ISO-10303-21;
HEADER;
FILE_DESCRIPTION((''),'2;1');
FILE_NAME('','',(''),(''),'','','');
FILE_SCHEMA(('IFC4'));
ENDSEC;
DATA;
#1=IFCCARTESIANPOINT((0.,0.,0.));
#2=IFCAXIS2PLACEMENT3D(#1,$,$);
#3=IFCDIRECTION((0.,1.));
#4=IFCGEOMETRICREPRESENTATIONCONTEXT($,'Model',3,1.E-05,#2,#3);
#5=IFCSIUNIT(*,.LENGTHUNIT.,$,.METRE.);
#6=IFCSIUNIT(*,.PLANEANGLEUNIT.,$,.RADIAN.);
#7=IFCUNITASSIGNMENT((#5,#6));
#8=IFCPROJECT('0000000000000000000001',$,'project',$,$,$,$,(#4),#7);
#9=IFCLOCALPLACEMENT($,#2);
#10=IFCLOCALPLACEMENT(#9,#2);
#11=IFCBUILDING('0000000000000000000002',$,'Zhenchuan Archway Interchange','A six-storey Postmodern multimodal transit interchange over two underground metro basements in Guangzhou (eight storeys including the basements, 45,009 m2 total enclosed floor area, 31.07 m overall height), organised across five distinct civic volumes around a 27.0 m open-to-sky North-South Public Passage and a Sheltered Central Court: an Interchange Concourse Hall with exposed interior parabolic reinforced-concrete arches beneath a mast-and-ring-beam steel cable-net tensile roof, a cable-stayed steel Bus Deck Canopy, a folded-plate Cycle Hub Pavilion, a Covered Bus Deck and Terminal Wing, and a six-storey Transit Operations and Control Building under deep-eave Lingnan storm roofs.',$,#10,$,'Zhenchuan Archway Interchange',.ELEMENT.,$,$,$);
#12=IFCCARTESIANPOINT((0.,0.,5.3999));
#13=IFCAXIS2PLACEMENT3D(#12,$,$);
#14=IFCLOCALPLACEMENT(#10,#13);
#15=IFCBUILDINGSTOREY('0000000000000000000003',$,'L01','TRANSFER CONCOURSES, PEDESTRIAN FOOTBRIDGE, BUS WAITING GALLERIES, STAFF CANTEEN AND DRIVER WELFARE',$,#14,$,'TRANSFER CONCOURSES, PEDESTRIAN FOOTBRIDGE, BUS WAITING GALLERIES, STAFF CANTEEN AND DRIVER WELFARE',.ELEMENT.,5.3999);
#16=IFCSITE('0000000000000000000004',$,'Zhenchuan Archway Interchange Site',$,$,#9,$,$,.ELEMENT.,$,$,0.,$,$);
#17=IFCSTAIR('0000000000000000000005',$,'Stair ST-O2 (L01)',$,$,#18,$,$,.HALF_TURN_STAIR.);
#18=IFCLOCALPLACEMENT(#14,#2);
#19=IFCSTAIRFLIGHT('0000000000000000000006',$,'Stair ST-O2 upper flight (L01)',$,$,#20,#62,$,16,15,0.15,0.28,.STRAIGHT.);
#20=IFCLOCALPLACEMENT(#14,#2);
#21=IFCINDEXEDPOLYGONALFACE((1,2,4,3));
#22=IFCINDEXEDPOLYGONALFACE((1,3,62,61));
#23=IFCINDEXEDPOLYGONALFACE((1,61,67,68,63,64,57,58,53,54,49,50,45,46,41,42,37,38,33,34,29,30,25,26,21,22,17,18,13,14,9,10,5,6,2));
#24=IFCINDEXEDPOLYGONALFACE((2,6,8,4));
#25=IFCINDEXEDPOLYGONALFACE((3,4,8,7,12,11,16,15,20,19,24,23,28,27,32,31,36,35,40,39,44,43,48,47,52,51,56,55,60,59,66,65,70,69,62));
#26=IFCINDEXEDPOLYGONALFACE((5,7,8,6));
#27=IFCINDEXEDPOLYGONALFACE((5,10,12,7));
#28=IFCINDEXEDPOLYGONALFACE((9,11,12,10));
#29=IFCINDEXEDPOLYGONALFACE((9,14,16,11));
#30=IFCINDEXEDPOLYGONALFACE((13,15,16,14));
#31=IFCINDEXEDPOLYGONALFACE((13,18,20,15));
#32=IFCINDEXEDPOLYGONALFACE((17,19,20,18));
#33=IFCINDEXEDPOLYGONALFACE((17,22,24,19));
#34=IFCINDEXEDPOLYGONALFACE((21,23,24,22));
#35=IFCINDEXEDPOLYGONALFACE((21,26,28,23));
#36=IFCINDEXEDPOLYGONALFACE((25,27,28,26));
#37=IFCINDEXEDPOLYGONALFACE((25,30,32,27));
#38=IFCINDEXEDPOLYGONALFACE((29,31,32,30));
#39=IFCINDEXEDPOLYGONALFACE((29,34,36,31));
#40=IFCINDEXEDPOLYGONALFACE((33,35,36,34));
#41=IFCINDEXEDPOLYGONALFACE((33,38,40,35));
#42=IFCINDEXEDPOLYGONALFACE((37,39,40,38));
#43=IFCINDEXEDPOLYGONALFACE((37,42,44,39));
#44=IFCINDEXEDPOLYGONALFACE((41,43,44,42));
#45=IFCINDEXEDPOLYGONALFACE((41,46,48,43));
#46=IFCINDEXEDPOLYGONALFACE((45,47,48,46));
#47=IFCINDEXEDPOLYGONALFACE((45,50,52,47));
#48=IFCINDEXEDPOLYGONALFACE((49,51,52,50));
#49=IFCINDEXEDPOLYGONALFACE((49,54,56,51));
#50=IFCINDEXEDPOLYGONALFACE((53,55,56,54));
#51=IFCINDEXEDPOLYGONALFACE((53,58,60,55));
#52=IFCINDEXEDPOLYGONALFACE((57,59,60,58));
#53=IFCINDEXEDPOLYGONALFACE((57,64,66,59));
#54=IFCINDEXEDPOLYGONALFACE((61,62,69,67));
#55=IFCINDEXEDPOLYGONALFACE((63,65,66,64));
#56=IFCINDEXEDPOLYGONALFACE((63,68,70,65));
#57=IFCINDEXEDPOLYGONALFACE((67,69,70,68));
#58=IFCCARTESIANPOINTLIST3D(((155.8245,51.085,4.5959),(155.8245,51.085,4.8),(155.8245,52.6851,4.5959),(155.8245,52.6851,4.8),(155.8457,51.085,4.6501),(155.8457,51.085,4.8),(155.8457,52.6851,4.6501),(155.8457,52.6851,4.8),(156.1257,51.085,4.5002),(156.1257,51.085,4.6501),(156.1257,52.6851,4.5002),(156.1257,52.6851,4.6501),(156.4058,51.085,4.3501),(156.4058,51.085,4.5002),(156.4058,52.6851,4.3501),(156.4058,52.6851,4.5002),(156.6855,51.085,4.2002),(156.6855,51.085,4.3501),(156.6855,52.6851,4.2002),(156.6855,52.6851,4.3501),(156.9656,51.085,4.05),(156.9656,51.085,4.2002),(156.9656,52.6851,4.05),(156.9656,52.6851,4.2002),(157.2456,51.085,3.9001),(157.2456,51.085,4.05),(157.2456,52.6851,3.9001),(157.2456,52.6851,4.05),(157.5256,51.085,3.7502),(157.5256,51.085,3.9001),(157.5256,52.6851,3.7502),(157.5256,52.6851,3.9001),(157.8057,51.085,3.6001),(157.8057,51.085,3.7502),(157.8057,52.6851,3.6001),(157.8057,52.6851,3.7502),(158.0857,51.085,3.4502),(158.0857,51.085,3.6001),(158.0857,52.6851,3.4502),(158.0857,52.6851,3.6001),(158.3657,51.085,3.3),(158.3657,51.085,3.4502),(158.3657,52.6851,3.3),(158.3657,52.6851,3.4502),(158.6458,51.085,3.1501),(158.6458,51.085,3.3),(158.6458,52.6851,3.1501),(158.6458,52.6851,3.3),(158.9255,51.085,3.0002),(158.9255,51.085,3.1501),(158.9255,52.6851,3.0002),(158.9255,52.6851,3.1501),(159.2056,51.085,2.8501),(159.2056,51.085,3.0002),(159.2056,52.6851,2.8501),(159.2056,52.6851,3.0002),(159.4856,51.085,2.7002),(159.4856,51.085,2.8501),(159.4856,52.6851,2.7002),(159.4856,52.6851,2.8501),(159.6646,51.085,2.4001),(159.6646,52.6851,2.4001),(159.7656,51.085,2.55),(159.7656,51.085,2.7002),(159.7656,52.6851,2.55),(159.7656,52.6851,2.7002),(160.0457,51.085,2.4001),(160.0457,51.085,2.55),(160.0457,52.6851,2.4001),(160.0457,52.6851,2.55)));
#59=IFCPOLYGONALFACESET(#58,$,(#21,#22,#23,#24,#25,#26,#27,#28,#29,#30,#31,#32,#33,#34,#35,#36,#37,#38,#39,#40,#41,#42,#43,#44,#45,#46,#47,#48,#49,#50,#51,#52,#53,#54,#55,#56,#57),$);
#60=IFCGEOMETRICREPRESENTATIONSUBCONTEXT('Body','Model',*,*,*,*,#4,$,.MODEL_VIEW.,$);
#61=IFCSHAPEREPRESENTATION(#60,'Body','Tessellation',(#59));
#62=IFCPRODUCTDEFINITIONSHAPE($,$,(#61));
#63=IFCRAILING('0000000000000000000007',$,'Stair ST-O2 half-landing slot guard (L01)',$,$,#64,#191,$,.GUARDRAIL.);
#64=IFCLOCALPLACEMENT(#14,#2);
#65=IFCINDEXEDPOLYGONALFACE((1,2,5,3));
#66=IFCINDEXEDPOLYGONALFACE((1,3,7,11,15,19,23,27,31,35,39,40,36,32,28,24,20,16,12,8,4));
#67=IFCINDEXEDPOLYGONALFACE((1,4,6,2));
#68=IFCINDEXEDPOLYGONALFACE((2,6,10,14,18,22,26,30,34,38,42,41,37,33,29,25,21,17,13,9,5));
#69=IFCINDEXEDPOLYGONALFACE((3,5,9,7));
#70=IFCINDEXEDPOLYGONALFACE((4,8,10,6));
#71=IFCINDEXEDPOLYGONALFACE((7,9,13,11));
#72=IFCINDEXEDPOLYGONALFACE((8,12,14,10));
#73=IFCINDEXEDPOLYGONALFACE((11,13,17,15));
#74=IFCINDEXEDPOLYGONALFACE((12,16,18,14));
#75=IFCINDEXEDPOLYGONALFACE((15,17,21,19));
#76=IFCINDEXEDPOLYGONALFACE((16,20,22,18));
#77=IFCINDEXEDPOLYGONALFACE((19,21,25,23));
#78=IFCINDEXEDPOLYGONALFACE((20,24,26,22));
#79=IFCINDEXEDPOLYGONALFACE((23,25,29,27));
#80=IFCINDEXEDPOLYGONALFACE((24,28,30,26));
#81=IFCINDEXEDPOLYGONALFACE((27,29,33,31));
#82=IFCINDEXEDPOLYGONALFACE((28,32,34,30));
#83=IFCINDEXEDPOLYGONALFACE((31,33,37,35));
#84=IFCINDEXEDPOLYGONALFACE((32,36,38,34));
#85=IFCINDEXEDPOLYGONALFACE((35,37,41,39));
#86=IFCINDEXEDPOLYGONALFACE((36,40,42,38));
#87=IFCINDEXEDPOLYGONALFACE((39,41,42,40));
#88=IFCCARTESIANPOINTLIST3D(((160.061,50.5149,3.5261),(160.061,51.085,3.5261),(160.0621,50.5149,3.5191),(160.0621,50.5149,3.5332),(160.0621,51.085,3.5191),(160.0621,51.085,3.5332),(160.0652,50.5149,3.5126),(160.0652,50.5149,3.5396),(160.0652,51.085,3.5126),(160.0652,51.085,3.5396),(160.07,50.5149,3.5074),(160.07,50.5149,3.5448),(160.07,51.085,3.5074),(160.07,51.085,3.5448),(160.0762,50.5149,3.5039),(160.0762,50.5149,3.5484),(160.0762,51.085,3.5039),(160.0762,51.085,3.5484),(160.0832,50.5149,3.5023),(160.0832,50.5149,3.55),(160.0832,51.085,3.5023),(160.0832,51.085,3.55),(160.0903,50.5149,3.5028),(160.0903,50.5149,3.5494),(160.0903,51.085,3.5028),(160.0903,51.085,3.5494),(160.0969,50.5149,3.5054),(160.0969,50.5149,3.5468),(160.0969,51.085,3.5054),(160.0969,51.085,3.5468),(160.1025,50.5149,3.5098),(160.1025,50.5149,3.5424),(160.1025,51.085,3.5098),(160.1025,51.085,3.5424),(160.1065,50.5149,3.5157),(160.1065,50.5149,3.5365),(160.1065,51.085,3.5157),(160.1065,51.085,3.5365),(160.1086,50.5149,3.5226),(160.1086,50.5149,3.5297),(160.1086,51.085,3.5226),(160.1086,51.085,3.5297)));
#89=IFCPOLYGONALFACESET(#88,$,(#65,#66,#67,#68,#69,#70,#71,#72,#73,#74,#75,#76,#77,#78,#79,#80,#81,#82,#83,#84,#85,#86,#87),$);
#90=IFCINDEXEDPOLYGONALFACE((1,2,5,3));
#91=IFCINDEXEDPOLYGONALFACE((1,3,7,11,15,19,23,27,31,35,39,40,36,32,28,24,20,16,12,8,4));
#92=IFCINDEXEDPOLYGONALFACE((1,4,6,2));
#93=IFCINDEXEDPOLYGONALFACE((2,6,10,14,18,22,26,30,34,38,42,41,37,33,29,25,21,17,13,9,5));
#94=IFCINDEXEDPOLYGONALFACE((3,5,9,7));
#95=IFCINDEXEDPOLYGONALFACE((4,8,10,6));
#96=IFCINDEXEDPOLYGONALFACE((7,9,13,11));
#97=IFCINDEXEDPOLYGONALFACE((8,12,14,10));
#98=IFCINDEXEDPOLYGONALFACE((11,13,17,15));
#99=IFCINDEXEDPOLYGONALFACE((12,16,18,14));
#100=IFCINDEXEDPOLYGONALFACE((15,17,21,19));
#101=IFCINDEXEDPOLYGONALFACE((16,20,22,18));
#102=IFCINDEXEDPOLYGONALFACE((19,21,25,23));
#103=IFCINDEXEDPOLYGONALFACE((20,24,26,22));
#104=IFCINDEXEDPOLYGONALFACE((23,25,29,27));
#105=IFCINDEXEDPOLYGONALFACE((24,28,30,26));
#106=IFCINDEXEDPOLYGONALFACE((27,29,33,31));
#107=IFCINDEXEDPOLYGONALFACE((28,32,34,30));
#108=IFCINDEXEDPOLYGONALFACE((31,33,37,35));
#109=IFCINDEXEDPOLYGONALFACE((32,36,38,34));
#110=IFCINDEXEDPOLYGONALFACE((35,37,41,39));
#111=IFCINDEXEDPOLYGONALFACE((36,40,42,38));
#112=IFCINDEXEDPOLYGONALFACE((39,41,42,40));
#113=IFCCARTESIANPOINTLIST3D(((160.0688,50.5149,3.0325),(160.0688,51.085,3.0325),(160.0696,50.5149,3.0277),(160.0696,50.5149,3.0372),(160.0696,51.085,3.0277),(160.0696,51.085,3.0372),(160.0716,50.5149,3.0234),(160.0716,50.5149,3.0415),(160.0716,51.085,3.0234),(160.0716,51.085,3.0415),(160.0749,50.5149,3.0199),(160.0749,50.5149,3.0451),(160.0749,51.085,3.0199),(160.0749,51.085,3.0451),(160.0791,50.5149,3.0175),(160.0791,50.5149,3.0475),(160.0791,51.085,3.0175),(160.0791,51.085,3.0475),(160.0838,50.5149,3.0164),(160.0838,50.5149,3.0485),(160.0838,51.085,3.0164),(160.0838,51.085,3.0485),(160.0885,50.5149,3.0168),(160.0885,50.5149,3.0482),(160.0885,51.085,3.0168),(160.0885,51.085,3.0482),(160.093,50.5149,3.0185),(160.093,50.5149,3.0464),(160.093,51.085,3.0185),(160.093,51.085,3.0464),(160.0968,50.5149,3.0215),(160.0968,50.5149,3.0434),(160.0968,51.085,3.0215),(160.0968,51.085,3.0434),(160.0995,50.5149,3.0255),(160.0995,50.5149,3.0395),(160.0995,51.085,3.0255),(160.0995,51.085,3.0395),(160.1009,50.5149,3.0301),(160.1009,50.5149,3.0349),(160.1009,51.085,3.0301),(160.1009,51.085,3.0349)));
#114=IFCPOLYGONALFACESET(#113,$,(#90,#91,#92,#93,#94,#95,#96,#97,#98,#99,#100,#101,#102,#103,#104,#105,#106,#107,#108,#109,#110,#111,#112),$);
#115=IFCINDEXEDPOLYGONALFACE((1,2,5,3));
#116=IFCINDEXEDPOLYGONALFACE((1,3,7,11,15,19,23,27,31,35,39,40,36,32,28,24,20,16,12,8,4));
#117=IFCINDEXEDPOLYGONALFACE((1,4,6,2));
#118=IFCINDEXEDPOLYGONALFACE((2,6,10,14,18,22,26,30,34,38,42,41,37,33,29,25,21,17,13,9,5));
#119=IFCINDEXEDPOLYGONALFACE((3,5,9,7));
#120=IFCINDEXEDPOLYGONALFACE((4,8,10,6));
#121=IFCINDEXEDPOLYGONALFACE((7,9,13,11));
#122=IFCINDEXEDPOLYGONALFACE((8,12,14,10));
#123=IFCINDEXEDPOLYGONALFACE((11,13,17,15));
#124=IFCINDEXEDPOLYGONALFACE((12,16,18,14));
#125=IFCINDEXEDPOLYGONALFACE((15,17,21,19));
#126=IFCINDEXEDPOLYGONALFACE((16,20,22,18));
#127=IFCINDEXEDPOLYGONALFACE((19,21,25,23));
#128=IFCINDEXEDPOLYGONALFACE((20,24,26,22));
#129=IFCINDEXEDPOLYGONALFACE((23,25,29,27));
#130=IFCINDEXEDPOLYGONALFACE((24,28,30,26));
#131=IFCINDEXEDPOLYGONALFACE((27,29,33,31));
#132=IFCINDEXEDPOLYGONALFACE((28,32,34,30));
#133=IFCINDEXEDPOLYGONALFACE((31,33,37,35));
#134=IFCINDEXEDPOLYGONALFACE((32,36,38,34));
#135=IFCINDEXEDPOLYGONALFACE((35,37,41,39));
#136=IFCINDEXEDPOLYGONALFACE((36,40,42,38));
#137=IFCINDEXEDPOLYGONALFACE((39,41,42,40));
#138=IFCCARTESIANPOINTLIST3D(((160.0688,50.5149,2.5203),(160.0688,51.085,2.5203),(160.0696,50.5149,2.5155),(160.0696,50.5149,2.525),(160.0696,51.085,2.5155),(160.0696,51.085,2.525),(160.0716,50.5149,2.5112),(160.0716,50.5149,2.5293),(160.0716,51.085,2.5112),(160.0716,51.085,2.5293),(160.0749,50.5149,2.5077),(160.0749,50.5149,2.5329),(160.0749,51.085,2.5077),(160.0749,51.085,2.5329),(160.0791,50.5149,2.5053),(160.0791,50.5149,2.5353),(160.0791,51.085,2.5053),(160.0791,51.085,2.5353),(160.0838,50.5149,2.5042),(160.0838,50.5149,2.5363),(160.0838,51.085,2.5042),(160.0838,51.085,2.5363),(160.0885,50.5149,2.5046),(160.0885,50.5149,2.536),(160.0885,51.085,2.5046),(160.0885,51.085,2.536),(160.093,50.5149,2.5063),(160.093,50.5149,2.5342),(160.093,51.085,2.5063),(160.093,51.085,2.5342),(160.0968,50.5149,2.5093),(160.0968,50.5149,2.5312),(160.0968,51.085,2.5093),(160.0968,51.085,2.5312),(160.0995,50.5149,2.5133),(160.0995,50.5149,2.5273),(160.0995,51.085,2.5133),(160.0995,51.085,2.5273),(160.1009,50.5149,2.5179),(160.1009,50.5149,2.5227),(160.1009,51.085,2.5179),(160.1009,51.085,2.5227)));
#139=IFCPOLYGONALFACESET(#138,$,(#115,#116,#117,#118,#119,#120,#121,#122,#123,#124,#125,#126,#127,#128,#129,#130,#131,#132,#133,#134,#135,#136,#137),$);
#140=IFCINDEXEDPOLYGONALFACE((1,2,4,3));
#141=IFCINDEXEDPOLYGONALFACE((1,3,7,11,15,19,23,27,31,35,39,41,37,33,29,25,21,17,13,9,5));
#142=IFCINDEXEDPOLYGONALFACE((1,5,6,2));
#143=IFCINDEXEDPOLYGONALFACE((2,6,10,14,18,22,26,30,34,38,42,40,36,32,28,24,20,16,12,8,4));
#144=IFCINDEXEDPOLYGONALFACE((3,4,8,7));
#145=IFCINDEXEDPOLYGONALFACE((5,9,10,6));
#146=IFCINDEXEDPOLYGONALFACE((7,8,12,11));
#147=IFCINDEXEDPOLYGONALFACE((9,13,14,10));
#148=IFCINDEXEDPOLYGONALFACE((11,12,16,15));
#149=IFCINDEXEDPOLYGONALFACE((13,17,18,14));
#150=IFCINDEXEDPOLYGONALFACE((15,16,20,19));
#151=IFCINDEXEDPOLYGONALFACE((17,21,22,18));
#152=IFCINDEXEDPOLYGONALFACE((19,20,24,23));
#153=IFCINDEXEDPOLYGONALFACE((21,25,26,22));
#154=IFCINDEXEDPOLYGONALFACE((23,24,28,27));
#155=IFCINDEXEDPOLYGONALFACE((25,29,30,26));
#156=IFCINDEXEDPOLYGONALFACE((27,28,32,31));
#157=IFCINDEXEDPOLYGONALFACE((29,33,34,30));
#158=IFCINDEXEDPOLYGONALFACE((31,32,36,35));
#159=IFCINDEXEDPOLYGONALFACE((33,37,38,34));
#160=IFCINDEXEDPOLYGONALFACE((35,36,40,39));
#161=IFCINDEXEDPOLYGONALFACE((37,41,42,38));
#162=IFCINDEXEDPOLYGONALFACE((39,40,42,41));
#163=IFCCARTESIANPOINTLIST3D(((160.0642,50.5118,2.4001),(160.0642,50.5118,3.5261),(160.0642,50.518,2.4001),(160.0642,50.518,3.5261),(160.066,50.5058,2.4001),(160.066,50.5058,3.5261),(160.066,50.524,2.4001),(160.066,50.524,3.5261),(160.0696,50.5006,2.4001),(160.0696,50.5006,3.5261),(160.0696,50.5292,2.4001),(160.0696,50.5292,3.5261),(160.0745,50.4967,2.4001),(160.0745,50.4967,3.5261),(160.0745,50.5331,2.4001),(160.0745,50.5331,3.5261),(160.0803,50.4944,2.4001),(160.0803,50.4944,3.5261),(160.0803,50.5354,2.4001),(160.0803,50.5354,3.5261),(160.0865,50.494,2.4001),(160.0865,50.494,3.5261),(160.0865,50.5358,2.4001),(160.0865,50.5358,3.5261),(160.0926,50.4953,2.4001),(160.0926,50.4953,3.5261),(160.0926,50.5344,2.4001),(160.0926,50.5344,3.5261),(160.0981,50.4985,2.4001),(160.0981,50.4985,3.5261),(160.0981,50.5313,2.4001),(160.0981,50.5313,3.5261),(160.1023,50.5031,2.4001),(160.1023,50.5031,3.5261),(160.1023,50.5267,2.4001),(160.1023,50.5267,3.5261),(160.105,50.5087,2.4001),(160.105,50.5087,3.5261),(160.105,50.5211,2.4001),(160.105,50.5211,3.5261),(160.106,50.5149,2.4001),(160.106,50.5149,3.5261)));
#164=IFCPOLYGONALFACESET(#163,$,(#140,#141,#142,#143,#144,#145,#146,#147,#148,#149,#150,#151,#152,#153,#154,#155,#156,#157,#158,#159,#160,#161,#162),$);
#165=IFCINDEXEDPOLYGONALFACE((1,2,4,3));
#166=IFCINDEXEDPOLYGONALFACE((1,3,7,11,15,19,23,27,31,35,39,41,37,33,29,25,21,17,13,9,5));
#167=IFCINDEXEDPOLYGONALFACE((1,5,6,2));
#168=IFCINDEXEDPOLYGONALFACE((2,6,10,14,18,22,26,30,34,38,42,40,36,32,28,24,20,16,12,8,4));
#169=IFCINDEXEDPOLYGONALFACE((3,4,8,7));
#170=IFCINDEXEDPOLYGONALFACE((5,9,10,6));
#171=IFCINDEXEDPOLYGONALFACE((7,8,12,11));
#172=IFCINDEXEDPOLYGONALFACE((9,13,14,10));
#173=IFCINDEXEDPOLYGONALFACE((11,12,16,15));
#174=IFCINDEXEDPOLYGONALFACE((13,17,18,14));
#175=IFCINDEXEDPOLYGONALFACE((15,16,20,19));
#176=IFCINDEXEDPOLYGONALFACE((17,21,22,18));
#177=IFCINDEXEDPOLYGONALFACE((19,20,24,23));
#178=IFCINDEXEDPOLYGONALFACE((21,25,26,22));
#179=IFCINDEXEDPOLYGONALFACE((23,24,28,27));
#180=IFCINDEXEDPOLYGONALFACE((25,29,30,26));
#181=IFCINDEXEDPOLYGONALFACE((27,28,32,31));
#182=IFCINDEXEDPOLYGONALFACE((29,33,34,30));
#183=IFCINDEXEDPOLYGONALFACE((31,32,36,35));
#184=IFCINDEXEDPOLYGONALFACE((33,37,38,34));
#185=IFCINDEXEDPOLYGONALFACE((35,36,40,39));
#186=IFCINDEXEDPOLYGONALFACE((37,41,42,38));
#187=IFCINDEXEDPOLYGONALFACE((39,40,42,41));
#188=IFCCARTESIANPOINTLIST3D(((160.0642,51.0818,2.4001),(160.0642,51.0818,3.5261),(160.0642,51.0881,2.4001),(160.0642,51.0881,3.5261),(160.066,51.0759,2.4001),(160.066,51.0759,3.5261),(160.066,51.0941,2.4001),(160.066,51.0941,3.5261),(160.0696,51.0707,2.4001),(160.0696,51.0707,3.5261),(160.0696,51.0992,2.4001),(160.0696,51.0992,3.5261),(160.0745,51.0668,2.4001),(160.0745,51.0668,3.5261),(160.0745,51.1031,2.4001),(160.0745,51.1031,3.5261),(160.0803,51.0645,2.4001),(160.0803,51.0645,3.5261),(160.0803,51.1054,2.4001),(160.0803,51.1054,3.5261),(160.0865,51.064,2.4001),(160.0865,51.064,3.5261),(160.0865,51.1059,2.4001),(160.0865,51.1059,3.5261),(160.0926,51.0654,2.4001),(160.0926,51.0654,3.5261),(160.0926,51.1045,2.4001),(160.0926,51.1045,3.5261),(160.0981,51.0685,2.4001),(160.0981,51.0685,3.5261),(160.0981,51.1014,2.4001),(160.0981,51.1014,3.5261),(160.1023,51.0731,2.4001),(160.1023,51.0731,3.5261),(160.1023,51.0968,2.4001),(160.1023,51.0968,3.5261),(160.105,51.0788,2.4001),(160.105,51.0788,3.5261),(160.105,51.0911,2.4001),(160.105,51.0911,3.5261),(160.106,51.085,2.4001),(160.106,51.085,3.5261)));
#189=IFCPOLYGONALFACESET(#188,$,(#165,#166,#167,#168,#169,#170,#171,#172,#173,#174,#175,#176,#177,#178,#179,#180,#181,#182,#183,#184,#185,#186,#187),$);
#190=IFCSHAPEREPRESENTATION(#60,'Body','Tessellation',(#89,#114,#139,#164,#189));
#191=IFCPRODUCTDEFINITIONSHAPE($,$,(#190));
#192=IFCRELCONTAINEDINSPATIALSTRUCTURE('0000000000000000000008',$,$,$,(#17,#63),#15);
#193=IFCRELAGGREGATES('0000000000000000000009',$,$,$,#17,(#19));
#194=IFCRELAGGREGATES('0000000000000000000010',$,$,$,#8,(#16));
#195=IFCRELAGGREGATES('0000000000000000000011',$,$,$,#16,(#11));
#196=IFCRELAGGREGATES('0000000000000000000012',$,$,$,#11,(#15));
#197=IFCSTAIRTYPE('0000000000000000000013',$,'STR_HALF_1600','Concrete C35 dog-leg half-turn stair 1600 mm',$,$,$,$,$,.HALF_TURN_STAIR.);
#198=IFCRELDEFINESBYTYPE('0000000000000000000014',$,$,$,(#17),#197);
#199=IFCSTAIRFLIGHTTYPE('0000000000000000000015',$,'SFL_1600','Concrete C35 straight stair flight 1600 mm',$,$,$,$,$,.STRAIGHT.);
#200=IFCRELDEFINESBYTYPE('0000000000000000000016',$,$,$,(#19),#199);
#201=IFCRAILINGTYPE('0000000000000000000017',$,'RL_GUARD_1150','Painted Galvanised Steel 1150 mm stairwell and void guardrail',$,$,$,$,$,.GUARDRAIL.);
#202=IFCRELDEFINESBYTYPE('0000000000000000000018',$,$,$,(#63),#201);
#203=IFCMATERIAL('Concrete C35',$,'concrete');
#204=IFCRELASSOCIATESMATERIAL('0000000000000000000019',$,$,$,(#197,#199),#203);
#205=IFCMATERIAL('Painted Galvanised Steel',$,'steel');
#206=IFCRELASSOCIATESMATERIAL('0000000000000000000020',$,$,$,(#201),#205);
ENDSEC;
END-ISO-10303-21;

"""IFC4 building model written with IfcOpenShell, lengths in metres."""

from ifc_helpers import new_model, si_unit, direction, frame, origin, origin_2d, place, context, subcontext, project, spatial, polyline, circle, outline, extrude, material, type_object, element, aggregate, save


model = new_model("IFC4")

# Units and contexts
model_context = context("Model", 3, precision=1e-05, world=origin(), true_north=direction((0.0, 1.0)))
body_context = subcontext(model_context, "Body", "Model", "MODEL_VIEW")
ifc_project = project(units=[si_unit("LENGTHUNIT", "METRE"), si_unit("PLANEANGLEUNIT", "RADIAN")], contexts=[model_context])

# Site, building, storey
site_placement = place(None, origin())
site = spatial("IfcSite", under=ifc_project, at=site_placement, Name="Zhenchuan Archway Interchange Site", CompositionType="ELEMENT", RefElevation=0.0)
building_placement = place(site_placement, origin())
building = spatial("IfcBuilding", under=site, at=building_placement, Name="Zhenchuan Archway Interchange", Description="A six-storey Postmodern multimodal transit interchange over two underground metro basements in Guangzhou (eight storeys including the basements, 45,009 m2 total enclosed floor area, 31.07 m overall height), organised across five distinct civic volumes around a 27.0 m open-to-sky North-South Public Passage and a Sheltered Central Court: an Interchange Concourse Hall with exposed interior parabolic reinforced-concrete arches beneath a mast-and-ring-beam steel cable-net tensile roof, a cable-stayed steel Bus Deck Canopy, a folded-plate Cycle Hub Pavilion, a Covered Bus Deck and Terminal Wing, and a six-storey Transit Operations and Control Building under deep-eave Lingnan storm roofs.", LongName="Zhenchuan Archway Interchange", CompositionType="ELEMENT")
storey_placement = place(building_placement, frame((0.0, 0.0, 5.3999)))
storey = spatial("IfcBuildingStorey", under=building, at=storey_placement, Name="L01", Description="TRANSFER CONCOURSES, PEDESTRIAN FOOTBRIDGE, BUS WAITING GALLERIES, STAFF CANTEEN AND DRIVER WELFARE", LongName="TRANSFER CONCOURSES, PEDESTRIAN FOOTBRIDGE, BUS WAITING GALLERIES, STAFF CANTEEN AND DRIVER WELFARE", CompositionType="ELEMENT", Elevation=5.3999)

# Stair, stair flight
ifc_material_1 = material(Name="Concrete C35", Category="concrete")
stair_type = type_object("IfcStairType", Name="STR_HALF_1600", Description="Concrete C35 dog-leg half-turn stair 1600 mm", PredefinedType="HALF_TURN_STAIR", material=ifc_material_1)
stair_placement = place(storey_placement, origin())
stair = element("IfcStair", 1, at=stair_placement, inside=storey, type_object=stair_type, Name="Stair ST-O2 (L01)", PredefinedType="HALF_TURN_STAIR")
stair_flight_type = type_object("IfcStairFlightType", Name="SFL_1600", Description="Concrete C35 straight stair flight 1600 mm", PredefinedType="STRAIGHT", material=ifc_material_1)
stair_flight_1_placement = place(storey_placement, frame((160.0457, 51.885, 2.4001), z_axis=(0.0, 0.0, 1.0), x_axis=(-1.0, 0.0, 0.0)))
stair_flight_1 = element("IfcStairFlight", 2, at=stair_flight_1_placement, type_object=stair_flight_type, Name="Stair ST-O2 upper flight (L01)", NumberOfRisers=16, NumberOfTreads=15, PredefinedType="STRAIGHT", RiserHeight=0.15, TreadLength=0.28, context=body_context, shape_type="SweptSolid", body=[
    extrude(outline(polyline([(0.0, 0.0), (0.0, 0.1499), (0.28, 0.1499), (0.28, 0.3), (0.5601, 0.3), (0.5601, 0.45), (0.8401, 0.45), (0.8401, 0.6001), (1.1201, 0.6001), (1.1201, 0.75), (1.3999, 0.75), (1.3999, 0.8999), (1.6799, 0.8999), (1.6799, 1.05), (1.96, 1.05), (1.96, 1.2), (2.24, 1.2), (2.24, 1.3501), (2.52, 1.3501), (2.52, 1.5), (2.8, 1.5), (2.8, 1.6499), (3.0801, 1.6499), (3.0801, 1.8), (3.3601, 1.8), (3.3601, 1.95), (3.6399, 1.95), (3.6399, 2.1001), (3.9199, 2.1001), (3.9199, 2.25), (4.2, 2.25), (4.2, 2.3999), (4.2212, 2.3999), (4.2212, 2.1958), (0.3811, 0.0), (0.0, 0.0)])), frame((0.0, 0.8, 0.0), z_axis=(0.0, -1.0, 0.0), x_axis=(1.0, 0.0, 0.0)), (0.0, 0.0, 1.0), 1.6001),
])
aggregate(stair, [stair_flight_1])

# Railing
ifc_material_2 = material(Name="Painted Galvanised Steel", Category="steel")
railing_type_1 = type_object("IfcRailingType", Name="RL_GUARD_1150", Description="Painted Galvanised Steel 1150 mm stairwell and void guardrail", PredefinedType="GUARDRAIL", material=ifc_material_2)
for number, where, name in (
    (3, (160.085, 50.5149, 2.4001), "Stair ST-O2 half-landing slot guard (L01)"),
):
    element("IfcRailing", number, at=place(storey_placement, frame(where)), inside=storey, type_object=railing_type_1, Name=name, PredefinedType="GUARDRAIL", context=body_context, shape_type="SweptSolid", body=[
        extrude(circle(Radius=0.0239, at=origin_2d()), frame((0.0, 0.0, 1.126), z_axis=(0.0, 1.0, 0.0), x_axis=(-1.0, 0.0, 0.0)), (0.0, 0.0, 1.0), 0.5701),
        extrude(circle(Radius=0.0161, at=origin_2d()), frame((0.0, 0.0, 0.6323), z_axis=(0.0, 1.0, 0.0), x_axis=(-1.0, 0.0, 0.0)), (0.0, 0.0, 1.0), 0.5701),
        extrude(circle(Radius=0.0161, at=origin_2d()), frame((0.0, 0.0, 0.1201), z_axis=(0.0, 1.0, 0.0), x_axis=(-1.0, 0.0, 0.0)), (0.0, 0.0, 1.0), 0.5701),
        extrude(circle(Radius=0.021, at=origin_2d()), origin(), (0.0, 0.0, 1.0), 1.126),
        extrude(circle(Radius=0.021, at=origin_2d()), frame((0.0, 0.5701, 0.0)), (0.0, 0.0, 1.0), 1.126),
    ])

save(model, "model.ifc")
